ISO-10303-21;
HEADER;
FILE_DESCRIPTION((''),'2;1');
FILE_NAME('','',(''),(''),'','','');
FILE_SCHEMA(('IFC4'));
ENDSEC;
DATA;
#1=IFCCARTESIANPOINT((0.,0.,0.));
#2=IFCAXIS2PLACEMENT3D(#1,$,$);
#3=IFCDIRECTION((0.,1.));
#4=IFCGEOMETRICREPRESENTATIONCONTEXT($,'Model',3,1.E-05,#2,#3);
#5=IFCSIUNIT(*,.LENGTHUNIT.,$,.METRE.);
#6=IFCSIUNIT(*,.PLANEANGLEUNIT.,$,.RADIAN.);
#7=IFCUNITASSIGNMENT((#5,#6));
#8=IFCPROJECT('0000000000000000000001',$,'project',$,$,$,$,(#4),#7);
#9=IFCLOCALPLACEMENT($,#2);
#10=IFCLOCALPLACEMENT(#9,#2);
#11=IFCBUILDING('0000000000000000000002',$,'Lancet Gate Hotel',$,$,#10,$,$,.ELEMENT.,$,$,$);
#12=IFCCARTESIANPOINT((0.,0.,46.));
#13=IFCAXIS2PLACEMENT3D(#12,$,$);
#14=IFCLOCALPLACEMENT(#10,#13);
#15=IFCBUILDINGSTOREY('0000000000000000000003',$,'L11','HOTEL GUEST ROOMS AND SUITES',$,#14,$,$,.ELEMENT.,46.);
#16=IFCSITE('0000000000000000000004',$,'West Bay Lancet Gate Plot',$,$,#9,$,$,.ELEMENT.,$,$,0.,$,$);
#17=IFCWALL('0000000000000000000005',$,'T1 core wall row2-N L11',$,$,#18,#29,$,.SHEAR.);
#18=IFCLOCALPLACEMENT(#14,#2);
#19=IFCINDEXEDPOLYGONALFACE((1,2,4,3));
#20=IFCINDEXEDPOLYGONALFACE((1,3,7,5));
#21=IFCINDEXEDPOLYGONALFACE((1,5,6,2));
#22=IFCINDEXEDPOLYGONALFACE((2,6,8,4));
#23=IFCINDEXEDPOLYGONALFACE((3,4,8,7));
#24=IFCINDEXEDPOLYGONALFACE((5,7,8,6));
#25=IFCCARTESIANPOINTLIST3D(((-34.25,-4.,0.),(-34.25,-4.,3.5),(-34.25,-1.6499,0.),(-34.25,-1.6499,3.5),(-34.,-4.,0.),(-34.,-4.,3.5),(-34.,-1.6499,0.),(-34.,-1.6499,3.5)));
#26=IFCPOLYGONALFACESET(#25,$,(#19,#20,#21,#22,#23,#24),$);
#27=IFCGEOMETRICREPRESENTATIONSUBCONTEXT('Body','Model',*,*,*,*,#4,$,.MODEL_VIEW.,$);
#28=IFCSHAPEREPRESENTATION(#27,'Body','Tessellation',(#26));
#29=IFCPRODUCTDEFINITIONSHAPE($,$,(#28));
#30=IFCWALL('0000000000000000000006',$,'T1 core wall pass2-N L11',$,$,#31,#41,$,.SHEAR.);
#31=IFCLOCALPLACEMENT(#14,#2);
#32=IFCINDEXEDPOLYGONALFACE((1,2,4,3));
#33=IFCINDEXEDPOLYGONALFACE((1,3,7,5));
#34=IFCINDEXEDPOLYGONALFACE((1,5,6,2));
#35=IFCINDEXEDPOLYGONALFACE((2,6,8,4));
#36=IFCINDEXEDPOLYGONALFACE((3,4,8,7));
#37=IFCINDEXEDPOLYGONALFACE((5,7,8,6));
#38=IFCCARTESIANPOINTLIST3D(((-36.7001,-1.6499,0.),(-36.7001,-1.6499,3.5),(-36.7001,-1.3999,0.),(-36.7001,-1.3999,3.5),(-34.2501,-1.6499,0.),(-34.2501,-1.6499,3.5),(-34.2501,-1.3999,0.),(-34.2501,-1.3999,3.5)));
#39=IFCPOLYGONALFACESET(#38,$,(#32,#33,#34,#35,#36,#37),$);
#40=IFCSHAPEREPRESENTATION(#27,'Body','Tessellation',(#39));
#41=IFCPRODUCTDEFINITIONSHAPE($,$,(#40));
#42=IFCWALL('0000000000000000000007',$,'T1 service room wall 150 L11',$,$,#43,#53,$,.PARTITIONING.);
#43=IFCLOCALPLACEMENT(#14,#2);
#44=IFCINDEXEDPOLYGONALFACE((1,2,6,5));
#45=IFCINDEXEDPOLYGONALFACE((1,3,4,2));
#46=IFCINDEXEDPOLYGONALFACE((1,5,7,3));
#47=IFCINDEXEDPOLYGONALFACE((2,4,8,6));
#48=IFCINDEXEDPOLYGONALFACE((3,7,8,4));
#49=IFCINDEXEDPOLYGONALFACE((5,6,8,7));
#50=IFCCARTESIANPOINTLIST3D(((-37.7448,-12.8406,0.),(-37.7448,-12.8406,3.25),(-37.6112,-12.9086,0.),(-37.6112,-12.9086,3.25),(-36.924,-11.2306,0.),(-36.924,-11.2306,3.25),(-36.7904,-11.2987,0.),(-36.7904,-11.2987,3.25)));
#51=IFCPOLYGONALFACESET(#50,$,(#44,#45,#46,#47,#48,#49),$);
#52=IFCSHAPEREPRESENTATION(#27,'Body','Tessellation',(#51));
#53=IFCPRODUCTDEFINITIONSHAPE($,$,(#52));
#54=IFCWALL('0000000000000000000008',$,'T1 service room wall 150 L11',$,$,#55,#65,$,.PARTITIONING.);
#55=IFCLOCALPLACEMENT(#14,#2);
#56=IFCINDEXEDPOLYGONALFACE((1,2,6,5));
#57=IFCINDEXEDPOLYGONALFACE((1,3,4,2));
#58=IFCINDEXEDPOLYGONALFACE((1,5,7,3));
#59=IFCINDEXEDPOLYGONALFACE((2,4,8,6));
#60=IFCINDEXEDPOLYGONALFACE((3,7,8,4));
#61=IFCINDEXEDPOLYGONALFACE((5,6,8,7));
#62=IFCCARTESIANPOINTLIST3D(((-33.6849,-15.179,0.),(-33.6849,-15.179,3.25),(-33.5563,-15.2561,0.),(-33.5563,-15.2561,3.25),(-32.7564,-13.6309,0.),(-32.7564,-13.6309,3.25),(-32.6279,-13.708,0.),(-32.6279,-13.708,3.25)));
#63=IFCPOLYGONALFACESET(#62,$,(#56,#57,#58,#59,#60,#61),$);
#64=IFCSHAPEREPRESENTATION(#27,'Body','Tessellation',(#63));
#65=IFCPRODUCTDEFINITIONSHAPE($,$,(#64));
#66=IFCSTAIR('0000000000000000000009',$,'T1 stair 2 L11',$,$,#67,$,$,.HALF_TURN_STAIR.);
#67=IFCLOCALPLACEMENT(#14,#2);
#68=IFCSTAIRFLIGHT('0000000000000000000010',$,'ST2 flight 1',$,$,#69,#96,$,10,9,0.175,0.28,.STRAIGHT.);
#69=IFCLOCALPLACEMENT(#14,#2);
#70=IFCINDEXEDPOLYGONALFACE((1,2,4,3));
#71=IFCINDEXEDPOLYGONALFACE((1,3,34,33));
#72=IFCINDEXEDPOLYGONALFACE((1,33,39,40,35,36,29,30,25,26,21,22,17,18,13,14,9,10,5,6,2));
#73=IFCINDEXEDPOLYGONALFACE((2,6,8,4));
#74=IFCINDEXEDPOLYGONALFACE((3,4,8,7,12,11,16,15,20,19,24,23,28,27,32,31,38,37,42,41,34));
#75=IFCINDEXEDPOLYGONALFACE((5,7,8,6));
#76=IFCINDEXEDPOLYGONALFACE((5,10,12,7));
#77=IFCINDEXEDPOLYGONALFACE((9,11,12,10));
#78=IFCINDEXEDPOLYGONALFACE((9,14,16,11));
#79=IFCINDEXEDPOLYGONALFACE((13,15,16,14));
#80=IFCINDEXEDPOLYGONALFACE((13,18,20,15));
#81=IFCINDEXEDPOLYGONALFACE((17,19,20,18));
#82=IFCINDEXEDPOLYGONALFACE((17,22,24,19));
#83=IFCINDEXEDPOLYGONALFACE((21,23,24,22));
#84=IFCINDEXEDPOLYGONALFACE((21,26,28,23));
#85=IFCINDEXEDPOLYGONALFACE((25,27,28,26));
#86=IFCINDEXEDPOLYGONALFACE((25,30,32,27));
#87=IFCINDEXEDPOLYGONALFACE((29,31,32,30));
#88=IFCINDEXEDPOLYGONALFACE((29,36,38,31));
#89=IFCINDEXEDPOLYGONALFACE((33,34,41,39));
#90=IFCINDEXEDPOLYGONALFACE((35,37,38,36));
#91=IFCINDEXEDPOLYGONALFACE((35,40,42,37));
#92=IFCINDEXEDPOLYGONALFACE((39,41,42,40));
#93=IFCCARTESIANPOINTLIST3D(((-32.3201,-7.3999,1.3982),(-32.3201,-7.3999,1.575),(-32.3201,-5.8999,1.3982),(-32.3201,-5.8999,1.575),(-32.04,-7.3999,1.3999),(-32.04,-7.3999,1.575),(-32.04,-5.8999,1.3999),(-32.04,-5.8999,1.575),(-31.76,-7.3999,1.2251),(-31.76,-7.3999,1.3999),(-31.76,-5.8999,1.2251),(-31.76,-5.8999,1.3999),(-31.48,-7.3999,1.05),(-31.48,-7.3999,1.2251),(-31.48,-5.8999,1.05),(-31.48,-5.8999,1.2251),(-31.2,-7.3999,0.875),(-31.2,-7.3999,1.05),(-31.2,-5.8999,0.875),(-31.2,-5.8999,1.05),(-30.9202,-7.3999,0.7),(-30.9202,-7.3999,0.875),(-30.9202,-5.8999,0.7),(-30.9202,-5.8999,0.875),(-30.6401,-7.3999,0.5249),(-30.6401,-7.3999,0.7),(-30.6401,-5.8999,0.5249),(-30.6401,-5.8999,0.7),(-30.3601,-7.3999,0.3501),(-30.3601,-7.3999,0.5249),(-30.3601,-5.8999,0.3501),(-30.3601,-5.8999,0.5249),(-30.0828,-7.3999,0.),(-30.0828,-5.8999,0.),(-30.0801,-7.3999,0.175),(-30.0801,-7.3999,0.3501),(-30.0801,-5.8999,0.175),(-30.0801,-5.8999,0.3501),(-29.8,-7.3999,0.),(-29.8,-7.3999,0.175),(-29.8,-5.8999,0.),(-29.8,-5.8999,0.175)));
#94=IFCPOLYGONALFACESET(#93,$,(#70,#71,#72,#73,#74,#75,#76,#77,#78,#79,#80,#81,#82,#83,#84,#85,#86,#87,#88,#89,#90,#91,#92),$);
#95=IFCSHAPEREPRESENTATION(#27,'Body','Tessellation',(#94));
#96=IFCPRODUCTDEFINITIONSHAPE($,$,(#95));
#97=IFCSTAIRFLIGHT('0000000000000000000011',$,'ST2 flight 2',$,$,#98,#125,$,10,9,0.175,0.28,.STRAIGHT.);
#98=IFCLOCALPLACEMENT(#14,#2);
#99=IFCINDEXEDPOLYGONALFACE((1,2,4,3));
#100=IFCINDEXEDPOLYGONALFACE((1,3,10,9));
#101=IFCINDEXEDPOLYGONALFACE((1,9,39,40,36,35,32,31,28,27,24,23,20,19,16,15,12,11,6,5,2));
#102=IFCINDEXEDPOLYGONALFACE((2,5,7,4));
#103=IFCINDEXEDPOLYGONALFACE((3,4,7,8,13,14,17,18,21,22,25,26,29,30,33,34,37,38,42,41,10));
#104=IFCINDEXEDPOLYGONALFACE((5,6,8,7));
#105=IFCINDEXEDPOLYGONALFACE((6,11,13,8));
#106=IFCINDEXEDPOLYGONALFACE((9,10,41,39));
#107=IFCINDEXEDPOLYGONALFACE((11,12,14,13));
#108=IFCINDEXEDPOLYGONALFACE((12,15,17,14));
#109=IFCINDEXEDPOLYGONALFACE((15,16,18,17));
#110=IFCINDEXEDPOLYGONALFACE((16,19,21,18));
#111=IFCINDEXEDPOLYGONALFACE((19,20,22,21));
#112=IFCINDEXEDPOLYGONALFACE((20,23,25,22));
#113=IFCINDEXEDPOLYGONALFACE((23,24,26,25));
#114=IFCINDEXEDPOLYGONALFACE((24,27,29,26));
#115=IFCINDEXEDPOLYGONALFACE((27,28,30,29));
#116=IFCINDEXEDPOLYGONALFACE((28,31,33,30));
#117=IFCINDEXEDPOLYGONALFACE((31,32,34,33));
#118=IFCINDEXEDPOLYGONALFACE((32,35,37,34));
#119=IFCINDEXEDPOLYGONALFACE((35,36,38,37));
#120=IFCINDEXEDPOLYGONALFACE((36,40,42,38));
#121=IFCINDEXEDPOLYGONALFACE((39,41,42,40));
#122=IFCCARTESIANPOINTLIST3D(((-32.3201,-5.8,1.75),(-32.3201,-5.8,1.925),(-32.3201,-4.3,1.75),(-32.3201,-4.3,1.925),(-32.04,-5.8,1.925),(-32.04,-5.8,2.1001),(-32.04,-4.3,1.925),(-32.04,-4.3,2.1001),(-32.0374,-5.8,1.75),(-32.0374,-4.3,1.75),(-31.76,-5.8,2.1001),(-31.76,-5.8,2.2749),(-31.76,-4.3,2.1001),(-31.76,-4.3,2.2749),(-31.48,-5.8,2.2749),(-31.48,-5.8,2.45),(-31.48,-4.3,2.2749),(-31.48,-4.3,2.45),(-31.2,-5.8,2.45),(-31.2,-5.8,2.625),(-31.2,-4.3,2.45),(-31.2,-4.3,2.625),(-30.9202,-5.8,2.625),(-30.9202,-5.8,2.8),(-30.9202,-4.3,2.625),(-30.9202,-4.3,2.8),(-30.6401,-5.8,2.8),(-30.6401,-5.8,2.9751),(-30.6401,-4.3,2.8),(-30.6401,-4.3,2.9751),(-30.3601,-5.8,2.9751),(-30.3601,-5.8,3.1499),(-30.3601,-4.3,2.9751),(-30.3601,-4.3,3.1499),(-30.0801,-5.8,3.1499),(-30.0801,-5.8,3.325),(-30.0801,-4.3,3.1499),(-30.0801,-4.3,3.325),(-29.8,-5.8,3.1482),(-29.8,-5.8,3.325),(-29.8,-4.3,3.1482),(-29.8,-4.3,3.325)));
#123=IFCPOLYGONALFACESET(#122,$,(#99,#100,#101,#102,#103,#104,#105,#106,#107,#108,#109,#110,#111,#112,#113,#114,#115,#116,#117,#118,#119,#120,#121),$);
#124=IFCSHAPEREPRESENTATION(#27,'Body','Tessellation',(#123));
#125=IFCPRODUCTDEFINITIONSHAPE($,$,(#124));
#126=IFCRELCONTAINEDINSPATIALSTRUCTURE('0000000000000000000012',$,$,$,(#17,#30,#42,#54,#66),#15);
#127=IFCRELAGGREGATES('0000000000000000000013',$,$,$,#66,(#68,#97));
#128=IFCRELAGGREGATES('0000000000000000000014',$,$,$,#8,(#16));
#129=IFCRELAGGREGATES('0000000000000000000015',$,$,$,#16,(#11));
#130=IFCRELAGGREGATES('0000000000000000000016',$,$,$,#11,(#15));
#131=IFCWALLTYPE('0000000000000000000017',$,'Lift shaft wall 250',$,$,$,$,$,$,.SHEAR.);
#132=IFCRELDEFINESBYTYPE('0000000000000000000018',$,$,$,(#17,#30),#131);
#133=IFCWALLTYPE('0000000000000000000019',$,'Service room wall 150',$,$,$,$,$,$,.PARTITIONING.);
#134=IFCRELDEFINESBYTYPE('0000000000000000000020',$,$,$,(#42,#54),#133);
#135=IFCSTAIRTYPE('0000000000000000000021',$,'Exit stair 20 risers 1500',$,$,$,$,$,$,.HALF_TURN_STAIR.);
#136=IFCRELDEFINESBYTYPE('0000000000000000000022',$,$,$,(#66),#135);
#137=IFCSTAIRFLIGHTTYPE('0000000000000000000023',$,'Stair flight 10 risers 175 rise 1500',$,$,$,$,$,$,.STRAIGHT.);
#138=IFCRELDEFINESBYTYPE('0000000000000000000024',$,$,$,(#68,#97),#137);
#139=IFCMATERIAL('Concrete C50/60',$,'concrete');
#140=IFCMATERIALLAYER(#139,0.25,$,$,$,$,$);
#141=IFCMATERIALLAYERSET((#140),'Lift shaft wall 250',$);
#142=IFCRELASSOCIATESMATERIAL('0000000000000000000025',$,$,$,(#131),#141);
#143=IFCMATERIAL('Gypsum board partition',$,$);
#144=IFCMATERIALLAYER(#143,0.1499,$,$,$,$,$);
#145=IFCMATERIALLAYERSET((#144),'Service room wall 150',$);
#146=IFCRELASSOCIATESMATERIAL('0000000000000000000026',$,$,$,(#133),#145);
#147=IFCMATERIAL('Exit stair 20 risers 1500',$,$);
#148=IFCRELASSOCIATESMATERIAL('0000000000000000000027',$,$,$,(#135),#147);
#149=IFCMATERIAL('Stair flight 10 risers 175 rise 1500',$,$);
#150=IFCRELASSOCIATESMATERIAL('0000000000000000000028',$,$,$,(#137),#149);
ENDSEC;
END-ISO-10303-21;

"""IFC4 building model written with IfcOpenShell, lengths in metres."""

from ifc_helpers import new_model, si_unit, direction, frame, frame_2d, origin, place, context, subcontext, project, spatial, polyline, rectangle, outline, extrude, material, layer, layer_set, type_object, element, aggregate, save


model = new_model("IFC4")

# Units and contexts
model_context = context("Model", 3, precision=1e-05, world=origin(), true_north=direction((0.0, 1.0)))
body_context = subcontext(model_context, "Body", "Model", "MODEL_VIEW")
ifc_project = project(units=[si_unit("LENGTHUNIT", "METRE"), si_unit("PLANEANGLEUNIT", "RADIAN")], contexts=[model_context])

# Site, building, storey
site_placement = place(None, origin())
site = spatial("IfcSite", under=ifc_project, at=site_placement, Name="West Bay Lancet Gate Plot", CompositionType="ELEMENT", RefElevation=0.0)
building_placement = place(site_placement, origin())
building = spatial("IfcBuilding", under=site, at=building_placement, Name="Lancet Gate Hotel", CompositionType="ELEMENT")
storey_placement = place(building_placement, frame((0.0, 0.0, 46.0)))
storey = spatial("IfcBuildingStorey", under=building, at=storey_placement, Name="L11", Description="HOTEL GUEST ROOMS AND SUITES", CompositionType="ELEMENT", Elevation=46.0)

# Shared definitions
ifc_material_1 = material(Name="Concrete C50/60", Category="concrete")
ifc_layer_1 = layer(ifc_material_1, 0.25)
ifc_layer_set_1 = layer_set([ifc_layer_1], Name="Lift shaft wall 250")
wall_type_1 = type_object("IfcWallType", Name="Lift shaft wall 250", PredefinedType="SHEAR", material=ifc_layer_set_1)

# Walls
wall_1_placement = place(storey_placement, frame((-34.125, -1.6499, 0.0), z_axis=(0.0, 0.0, 1.0), x_axis=(0.0, -1.0, 0.0)))
element("IfcWall", 1, at=wall_1_placement, inside=storey, type_object=wall_type_1, Name="T1 core wall row2-N L11", PredefinedType="SHEAR", context=body_context, shape_type="SweptSolid", body=[
    extrude(rectangle(XDim=2.3501, YDim=0.25, at=frame_2d((1.175, 0.0))), origin(), (0.0, 0.0, 1.0), 3.5),
])
wall_2_placement = place(storey_placement, frame((-34.25, -1.5249, 0.0), z_axis=(0.0, 0.0, 1.0), x_axis=(-1.0, 0.0, 0.0)))
element("IfcWall", 2, at=wall_2_placement, inside=storey, type_object=wall_type_1, Name="T1 core wall pass2-N L11", PredefinedType="SHEAR", context=body_context, shape_type="SweptSolid", body=[
    extrude(rectangle(XDim=2.45, YDim=0.25, at=frame_2d((1.2251, 0.0))), origin(), (0.0, 0.0, 1.0), 3.5),
])
ifc_material_2 = material(Name="Gypsum board partition")
ifc_layer_2 = layer(ifc_material_2, 0.1499)
ifc_layer_set_2 = layer_set([ifc_layer_2], Name="Service room wall 150")
wall_type_2 = type_object("IfcWallType", Name="Service room wall 150", PredefinedType="PARTITIONING", material=ifc_layer_set_2)
wall_3_placement = place(storey_placement, frame((-36.8572, -11.2646, 0.0), z_axis=(0.0, 0.0, 1.0), x_axis=(-0.454225, -0.890887, 0.0)))
element("IfcWall", 3, at=wall_3_placement, inside=storey, type_object=wall_type_2, Name="T1 service room wall 150 L11", PredefinedType="PARTITIONING", context=body_context, shape_type="SweptSolid", body=[
    extrude(rectangle(XDim=1.8071, YDim=0.1499, at=frame_2d((0.9036, 0.0))), origin(), (0.0, 0.0, 1.0), 3.25),
])
wall_4_placement = place(storey_placement, frame((-33.6206, -15.2175, 0.0), z_axis=(0.0, 0.0, 1.0), x_axis=(0.514337, 0.857588, 0.0)))
element("IfcWall", 4, at=wall_4_placement, inside=storey, type_object=wall_type_2, Name="T1 service room wall 150 L11", PredefinedType="PARTITIONING", context=body_context, shape_type="SweptSolid", body=[
    extrude(rectangle(XDim=1.8052, YDim=0.1499, at=frame_2d((0.9026, 0.0))), origin(), (0.0, 0.0, 1.0), 3.25),
])

# Stair, stair flights
ifc_material_3 = material(Name="Exit stair 20 risers 1500")
stair_type = type_object("IfcStairType", Name="Exit stair 20 risers 1500", PredefinedType="HALF_TURN_STAIR", material=ifc_material_3)
stair_placement = place(storey_placement, origin())
stair = element("IfcStair", 5, at=stair_placement, inside=storey, type_object=stair_type, Name="T1 stair 2 L11", PredefinedType="HALF_TURN_STAIR")
ifc_material_4 = material(Name="Stair flight 10 risers 175 rise 1500")
stair_flight_type = type_object("IfcStairFlightType", Name="Stair flight 10 risers 175 rise 1500", PredefinedType="STRAIGHT", material=ifc_material_4)
stair_flight_1_placement = place(storey_placement, frame((-29.8, -6.6499, 0.0), z_axis=(0.0, 0.0, 1.0), x_axis=(-1.0, 0.0, 0.0)))
stair_flight_1 = element("IfcStairFlight", 6, at=stair_flight_1_placement, type_object=stair_flight_type, Name="ST2 flight 1", NumberOfRisers=10, NumberOfTreads=9, PredefinedType="STRAIGHT", RiserHeight=0.175, TreadLength=0.28, context=body_context, shape_type="SweptSolid", body=[
    extrude(outline(polyline([(0.0, 0.0), (0.0, 0.175), (0.28, 0.175), (0.28, 0.3501), (0.5601, 0.3501), (0.5601, 0.5249), (0.8401, 0.5249), (0.8401, 0.7), (1.1201, 0.7), (1.1201, 0.875), (1.3999, 0.875), (1.3999, 1.05), (1.6799, 1.05), (1.6799, 1.2251), (1.96, 1.2251), (1.96, 1.3999), (2.24, 1.3999), (2.24, 1.575), (2.52, 1.575), (2.52, 1.75), (2.52, 1.3982), (0.2827, 0.0), (0.0, 0.0)])), frame((0.0, 0.75, 0.0), z_axis=(0.0, -1.0, 0.0), x_axis=(1.0, 0.0, 0.0)), (0.0, 0.0, 1.0), 1.5),
])
stair_flight_2_placement = place(storey_placement, frame((-32.3201, -5.05, 1.75), z_axis=(0.0, 0.0, 1.0), x_axis=(1.0, 0.0, 0.0)))
stair_flight_2 = element("IfcStairFlight", 7, at=stair_flight_2_placement, type_object=stair_flight_type, Name="ST2 flight 2", NumberOfRisers=10, NumberOfTreads=9, PredefinedType="STRAIGHT", RiserHeight=0.175, TreadLength=0.28, context=body_context, shape_type="SweptSolid", body=[
    extrude(outline(polyline([(0.0, 0.0), (0.0, 0.175), (0.28, 0.175), (0.28, 0.3501), (0.5601, 0.3501), (0.5601, 0.5249), (0.8401, 0.5249), (0.8401, 0.7), (1.1201, 0.7), (1.1201, 0.875), (1.3999, 0.875), (1.3999, 1.05), (1.6799, 1.05), (1.6799, 1.2251), (1.96, 1.2251), (1.96, 1.3999), (2.24, 1.3999), (2.24, 1.575), (2.52, 1.575), (2.52, 1.75), (2.52, 1.3982), (0.2827, 0.0), (0.0, 0.0)])), frame((0.0, 0.75, 0.0), z_axis=(0.0, -1.0, 0.0), x_axis=(1.0, 0.0, 0.0)), (0.0, 0.0, 1.0), 1.5),
])
aggregate(stair, [stair_flight_1, stair_flight_2])

save(model, "model.ifc")
